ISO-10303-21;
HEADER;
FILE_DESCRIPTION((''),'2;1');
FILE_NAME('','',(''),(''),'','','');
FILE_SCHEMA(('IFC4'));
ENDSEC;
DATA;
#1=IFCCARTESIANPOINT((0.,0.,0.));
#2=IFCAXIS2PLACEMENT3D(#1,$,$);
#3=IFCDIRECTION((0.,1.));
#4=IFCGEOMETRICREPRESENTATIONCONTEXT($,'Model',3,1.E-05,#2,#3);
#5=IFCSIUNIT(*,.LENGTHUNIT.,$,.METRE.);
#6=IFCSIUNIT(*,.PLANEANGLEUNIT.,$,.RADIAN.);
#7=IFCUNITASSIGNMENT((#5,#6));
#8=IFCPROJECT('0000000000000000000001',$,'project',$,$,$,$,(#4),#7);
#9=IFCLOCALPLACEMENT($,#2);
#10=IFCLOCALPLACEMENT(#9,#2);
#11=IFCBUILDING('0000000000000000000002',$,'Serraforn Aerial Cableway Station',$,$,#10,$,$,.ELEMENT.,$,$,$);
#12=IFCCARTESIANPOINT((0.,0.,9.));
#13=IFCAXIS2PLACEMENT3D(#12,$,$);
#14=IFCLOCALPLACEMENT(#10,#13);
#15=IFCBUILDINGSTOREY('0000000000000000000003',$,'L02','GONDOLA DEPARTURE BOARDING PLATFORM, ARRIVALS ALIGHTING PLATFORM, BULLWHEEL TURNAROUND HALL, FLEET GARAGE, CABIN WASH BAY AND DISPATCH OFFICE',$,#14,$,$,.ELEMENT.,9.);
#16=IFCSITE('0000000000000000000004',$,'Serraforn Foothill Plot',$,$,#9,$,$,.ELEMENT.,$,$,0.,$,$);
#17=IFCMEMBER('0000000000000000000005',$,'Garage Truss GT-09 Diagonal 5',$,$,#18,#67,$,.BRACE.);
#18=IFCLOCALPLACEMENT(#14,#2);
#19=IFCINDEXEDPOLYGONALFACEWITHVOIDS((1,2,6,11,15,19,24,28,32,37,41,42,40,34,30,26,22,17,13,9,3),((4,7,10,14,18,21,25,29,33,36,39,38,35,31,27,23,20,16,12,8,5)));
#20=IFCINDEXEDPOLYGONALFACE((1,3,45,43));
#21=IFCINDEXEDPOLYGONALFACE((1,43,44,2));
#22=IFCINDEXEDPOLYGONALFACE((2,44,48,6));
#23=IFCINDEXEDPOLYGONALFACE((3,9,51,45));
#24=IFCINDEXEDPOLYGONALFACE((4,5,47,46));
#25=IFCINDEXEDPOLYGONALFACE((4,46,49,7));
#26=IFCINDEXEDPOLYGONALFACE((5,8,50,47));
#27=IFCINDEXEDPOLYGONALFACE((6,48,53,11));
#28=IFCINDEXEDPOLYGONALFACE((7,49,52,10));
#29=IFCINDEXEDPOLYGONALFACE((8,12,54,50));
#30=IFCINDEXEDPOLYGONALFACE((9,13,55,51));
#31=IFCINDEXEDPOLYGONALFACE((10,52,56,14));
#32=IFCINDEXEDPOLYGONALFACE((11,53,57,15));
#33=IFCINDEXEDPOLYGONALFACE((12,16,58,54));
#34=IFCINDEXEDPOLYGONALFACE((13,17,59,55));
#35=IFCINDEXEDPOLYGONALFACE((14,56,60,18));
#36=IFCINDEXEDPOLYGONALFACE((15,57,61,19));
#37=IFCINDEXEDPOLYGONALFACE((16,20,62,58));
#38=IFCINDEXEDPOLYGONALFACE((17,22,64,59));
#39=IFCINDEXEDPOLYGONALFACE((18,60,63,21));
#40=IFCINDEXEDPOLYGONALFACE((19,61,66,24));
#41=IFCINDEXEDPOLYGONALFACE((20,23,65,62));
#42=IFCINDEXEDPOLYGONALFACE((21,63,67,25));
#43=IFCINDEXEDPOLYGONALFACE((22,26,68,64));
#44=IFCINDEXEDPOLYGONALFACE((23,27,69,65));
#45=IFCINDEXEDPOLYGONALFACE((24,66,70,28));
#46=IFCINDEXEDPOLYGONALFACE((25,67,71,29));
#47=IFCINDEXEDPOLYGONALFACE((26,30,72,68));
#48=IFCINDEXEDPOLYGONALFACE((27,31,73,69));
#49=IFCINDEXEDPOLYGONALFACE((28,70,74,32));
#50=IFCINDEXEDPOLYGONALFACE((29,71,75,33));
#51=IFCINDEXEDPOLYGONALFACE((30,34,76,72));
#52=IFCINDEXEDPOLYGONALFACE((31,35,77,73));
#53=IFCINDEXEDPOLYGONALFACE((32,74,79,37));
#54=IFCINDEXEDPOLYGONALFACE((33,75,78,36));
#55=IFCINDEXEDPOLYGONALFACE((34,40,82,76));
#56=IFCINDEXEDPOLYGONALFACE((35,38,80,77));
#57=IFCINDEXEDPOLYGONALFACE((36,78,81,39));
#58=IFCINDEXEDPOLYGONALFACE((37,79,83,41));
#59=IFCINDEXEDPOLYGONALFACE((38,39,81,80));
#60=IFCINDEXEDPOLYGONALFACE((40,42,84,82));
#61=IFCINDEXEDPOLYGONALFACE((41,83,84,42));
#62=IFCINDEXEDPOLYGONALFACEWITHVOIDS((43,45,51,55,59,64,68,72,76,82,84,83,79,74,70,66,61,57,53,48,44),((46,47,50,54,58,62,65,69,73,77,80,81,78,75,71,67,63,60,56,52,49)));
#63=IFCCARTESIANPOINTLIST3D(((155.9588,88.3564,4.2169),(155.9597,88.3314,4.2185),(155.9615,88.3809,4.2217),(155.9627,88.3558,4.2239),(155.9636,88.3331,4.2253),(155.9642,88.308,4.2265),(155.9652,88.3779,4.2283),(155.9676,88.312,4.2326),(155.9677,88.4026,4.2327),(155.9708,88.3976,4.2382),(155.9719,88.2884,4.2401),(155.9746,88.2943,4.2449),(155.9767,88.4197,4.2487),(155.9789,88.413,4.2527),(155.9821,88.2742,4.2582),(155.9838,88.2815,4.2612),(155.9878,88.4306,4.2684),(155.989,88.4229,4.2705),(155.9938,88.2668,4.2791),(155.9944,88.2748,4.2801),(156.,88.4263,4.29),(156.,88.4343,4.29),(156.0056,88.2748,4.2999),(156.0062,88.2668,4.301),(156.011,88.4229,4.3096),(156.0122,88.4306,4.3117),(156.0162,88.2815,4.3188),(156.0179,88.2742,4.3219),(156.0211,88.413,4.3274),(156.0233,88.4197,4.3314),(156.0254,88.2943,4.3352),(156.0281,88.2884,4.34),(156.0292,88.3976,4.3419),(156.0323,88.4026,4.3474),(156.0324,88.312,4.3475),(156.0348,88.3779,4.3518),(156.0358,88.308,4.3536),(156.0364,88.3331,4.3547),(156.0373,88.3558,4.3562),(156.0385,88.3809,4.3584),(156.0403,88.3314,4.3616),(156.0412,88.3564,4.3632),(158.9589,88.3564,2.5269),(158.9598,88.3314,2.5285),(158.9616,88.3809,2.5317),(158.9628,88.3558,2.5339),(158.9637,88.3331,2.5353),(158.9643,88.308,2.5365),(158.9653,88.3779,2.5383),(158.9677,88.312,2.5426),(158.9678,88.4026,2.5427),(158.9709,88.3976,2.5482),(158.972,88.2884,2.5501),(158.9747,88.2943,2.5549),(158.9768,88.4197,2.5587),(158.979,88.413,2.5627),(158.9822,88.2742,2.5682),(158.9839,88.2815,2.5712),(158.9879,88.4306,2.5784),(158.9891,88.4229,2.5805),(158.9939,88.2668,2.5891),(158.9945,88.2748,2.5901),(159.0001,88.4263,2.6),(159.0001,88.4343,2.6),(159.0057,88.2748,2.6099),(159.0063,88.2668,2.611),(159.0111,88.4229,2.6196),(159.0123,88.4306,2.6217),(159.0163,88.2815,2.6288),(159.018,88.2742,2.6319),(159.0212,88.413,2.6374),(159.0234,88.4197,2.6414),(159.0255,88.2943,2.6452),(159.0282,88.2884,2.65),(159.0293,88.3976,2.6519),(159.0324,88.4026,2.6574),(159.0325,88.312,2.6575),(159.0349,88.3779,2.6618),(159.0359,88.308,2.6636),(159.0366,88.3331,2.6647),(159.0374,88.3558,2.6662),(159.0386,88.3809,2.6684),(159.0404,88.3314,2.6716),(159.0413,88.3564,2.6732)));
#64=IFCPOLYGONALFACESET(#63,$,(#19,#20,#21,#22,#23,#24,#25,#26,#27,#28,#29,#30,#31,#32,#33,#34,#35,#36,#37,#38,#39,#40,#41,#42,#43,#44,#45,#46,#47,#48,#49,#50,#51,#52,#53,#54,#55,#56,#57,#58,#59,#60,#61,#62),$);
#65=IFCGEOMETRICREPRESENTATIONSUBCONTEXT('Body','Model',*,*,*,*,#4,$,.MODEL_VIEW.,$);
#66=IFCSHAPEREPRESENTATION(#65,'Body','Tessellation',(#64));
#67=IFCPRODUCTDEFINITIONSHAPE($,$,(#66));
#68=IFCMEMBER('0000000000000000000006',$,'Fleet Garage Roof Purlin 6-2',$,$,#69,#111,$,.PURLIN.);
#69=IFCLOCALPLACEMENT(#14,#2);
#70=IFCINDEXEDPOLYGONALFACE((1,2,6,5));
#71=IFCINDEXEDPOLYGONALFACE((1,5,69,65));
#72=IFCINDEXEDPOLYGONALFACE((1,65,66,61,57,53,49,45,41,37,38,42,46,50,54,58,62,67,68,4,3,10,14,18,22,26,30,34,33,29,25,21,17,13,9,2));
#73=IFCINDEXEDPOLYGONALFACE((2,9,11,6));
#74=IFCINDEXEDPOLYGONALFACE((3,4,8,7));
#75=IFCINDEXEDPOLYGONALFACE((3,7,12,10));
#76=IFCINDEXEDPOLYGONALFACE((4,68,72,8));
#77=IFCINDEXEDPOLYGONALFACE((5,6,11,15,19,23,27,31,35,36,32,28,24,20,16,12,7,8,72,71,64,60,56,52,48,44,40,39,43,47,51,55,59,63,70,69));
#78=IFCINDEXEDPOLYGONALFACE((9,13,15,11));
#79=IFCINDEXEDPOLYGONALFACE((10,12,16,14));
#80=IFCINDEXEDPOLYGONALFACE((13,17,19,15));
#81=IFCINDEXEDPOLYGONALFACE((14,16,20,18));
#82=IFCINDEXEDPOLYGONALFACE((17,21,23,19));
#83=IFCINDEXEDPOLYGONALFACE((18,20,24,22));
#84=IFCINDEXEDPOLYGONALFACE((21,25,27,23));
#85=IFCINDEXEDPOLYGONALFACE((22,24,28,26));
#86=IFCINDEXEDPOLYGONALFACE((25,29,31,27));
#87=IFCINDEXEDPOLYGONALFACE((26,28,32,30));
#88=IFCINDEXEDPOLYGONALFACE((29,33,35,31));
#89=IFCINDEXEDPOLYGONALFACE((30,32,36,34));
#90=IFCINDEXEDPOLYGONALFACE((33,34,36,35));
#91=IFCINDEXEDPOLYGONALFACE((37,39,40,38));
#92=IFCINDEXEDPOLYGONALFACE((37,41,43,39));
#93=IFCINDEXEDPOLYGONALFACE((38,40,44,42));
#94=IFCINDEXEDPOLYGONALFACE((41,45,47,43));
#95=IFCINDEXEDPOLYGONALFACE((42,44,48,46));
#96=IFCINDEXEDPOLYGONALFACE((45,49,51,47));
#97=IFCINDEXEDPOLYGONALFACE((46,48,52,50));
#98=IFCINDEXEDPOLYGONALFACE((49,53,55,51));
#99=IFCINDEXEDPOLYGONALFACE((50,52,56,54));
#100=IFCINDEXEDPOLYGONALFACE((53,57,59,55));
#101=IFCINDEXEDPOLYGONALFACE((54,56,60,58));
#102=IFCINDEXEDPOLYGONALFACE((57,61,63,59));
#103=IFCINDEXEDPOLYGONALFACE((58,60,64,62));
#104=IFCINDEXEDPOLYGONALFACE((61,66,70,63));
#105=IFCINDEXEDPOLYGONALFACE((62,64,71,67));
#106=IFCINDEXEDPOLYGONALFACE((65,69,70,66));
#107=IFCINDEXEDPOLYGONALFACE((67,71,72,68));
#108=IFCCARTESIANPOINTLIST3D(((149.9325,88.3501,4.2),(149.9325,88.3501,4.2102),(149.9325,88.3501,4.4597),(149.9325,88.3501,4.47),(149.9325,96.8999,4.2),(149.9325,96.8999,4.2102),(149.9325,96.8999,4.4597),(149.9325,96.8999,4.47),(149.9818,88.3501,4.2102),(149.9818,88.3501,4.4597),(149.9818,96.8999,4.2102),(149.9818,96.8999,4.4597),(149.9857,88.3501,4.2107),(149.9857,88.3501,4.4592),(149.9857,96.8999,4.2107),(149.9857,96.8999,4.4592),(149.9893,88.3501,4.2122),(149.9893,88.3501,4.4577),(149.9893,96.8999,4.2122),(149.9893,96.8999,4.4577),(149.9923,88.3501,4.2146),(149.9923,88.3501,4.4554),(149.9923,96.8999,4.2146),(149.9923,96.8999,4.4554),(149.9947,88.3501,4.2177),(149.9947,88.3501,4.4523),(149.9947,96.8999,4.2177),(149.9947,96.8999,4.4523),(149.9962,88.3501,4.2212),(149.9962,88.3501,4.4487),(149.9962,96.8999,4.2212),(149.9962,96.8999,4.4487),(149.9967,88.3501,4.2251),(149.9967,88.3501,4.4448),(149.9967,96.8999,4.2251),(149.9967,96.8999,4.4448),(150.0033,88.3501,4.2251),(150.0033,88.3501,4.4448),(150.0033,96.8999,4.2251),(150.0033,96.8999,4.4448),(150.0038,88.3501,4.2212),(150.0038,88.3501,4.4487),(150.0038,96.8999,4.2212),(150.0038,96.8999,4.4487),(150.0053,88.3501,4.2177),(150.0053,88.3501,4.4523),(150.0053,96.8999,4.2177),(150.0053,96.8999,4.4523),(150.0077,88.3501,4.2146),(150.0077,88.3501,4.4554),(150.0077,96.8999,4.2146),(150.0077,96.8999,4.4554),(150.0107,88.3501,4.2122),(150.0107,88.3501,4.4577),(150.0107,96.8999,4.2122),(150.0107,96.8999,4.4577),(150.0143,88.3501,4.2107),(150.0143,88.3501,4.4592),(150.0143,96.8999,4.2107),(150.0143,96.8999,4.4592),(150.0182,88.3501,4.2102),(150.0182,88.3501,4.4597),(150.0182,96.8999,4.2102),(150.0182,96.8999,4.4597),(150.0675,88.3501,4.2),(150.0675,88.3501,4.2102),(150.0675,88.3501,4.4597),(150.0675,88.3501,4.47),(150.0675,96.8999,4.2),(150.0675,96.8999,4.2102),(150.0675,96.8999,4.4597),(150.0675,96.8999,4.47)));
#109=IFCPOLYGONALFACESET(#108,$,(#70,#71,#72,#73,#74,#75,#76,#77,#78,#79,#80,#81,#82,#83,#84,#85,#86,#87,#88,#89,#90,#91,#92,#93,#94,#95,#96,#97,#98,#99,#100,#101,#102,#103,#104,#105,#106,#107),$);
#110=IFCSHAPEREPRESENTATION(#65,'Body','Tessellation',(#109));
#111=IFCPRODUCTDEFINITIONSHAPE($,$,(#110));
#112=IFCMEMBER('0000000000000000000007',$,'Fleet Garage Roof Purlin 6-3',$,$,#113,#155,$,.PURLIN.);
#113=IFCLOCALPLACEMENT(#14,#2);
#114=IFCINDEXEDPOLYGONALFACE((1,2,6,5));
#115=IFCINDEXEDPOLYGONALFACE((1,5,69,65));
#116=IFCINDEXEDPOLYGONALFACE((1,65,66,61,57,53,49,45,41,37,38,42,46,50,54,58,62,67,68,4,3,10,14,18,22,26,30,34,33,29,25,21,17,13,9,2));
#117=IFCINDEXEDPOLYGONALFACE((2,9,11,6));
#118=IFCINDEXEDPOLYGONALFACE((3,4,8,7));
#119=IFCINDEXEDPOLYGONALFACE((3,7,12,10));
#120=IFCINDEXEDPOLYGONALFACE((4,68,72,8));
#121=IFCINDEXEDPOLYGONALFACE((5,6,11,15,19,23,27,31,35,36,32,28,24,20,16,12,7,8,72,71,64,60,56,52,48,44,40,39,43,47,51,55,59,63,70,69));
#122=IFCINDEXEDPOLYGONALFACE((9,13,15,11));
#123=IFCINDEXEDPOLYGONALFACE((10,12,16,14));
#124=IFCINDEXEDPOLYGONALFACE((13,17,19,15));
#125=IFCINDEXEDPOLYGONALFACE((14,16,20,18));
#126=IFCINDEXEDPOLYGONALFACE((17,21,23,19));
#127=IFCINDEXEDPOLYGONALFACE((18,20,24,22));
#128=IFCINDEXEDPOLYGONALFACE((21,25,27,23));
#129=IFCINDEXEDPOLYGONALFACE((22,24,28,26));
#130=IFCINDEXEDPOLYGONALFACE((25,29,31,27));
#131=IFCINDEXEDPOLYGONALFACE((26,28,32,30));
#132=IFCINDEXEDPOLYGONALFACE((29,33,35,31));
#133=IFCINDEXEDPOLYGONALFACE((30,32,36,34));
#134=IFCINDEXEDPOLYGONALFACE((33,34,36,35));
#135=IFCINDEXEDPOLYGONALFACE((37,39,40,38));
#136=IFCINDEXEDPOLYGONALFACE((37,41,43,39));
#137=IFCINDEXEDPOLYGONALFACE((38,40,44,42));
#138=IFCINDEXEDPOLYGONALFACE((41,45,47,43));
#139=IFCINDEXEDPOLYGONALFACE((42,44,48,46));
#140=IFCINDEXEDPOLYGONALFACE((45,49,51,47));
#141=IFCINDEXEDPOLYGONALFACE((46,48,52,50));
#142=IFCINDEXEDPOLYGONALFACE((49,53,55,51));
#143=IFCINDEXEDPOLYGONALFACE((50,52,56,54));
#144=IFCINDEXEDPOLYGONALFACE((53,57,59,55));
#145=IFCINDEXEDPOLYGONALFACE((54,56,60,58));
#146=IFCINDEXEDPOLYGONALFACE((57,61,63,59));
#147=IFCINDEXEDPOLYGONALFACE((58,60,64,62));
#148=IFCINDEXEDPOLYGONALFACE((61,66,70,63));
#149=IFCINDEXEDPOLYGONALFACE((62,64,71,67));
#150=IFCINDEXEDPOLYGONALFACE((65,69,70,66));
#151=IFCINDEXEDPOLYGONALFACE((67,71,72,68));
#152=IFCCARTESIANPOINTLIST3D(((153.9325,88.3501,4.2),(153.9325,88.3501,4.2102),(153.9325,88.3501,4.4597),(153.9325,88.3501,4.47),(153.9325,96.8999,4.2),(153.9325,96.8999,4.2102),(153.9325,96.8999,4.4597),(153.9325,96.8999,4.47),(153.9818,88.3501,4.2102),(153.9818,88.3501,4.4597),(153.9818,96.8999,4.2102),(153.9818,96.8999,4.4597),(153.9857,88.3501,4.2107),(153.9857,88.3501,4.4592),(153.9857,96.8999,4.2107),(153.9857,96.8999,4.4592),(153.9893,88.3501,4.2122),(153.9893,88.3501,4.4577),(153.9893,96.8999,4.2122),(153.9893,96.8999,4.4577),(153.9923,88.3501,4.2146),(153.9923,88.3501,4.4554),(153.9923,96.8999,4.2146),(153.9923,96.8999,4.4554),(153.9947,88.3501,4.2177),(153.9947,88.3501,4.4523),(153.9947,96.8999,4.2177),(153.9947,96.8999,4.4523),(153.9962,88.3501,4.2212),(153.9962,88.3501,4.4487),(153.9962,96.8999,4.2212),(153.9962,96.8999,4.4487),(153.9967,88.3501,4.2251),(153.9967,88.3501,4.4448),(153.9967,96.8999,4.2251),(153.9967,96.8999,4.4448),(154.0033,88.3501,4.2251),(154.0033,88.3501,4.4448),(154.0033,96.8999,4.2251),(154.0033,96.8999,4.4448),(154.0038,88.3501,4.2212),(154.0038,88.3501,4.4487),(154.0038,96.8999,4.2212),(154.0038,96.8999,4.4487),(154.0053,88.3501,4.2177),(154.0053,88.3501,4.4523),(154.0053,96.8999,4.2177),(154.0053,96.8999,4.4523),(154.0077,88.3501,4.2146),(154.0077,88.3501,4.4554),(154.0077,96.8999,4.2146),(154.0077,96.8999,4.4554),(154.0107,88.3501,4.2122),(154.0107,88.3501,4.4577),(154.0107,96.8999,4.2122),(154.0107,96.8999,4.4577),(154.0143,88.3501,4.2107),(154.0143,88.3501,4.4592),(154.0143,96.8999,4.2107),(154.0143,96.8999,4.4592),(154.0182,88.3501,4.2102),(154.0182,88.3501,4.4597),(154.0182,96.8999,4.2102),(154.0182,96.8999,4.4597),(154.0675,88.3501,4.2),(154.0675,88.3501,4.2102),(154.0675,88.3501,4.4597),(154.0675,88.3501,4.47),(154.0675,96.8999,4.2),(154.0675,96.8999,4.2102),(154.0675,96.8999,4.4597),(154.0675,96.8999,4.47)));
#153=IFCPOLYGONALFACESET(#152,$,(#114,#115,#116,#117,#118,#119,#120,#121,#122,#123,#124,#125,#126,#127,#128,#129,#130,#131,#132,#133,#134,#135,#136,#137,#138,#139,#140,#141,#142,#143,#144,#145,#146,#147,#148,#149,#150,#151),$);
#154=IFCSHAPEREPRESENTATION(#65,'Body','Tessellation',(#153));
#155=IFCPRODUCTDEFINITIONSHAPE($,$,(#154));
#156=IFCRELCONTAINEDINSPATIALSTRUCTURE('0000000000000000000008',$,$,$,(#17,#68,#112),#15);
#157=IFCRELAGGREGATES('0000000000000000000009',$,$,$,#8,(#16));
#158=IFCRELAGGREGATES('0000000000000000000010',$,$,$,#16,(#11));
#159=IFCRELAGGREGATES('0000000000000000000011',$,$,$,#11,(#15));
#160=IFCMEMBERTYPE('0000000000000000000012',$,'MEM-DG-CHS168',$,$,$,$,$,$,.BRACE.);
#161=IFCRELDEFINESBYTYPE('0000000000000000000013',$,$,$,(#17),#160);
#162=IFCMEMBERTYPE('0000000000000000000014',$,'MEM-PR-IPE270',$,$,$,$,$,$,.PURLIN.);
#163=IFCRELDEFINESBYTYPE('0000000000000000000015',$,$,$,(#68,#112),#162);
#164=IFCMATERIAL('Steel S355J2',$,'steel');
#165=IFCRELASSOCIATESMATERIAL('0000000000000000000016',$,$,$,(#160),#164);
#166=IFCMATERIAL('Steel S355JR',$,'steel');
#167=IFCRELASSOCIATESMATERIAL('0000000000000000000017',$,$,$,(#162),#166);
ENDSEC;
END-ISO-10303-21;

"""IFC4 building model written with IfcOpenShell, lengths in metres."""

from ifc_helpers import new_model, si_unit, direction, frame, origin, origin_2d, place, context, subcontext, project, spatial, hollow_circle, i_section, extrude, material, material_profile, profile_set, type_object, element, save


model = new_model("IFC4")

# Units and contexts
model_context = context("Model", 3, precision=1e-05, world=origin(), true_north=direction((0.0, 1.0)))
body_context = subcontext(model_context, "Body", "Model", "MODEL_VIEW")
ifc_project = project(units=[si_unit("LENGTHUNIT", "METRE"), si_unit("PLANEANGLEUNIT", "RADIAN")], contexts=[model_context])

# Site, building, storey
site_placement = place(None, origin())
site = spatial("IfcSite", under=ifc_project, at=site_placement, Name="Serraforn Foothill Plot", CompositionType="ELEMENT", RefElevation=0.0)
building_placement = place(site_placement, origin())
building = spatial("IfcBuilding", under=site, at=building_placement, Name="Serraforn Aerial Cableway Station", CompositionType="ELEMENT")
storey_placement = place(building_placement, frame((0.0, 0.0, 9.0)))
storey = spatial("IfcBuildingStorey", under=building, at=storey_placement, Name="L02", Description="GONDOLA DEPARTURE BOARDING PLATFORM, ARRIVALS ALIGHTING PLATFORM, BULLWHEEL TURNAROUND HALL, FLEET GARAGE, CABIN WASH BAY AND DISPATCH OFFICE", CompositionType="ELEMENT", Elevation=9.0)

# Shared definitions
ifc_material_1 = material(Name="Steel S355JR", Category="steel")
ifc_material_2 = material(Name="Steel S355J2", Category="steel")

# Members
ifc_material_profile_1 = material_profile(ifc_material_2, hollow_circle(Radius=0.0842, WallThickness=0.0081, at=origin_2d()), Name="CHS 168.3x8.0")
ifc_profile_set_1 = profile_set([ifc_material_profile_1], Name="Steel S355J2")
member_type_1 = type_object("IfcMemberType", Name="MEM-DG-CHS168", PredefinedType="BRACE", material=ifc_profile_set_1)
for number, where, z_axis, x_axis, name in (
    (1, (156.0, 88.3501, 4.29), (0.871272, 0.0, -0.4908), (0.0, 1.0, 0.0), "Garage Truss GT-09 Diagonal 5"),
):
    element("IfcMember", number, at=place(storey_placement, frame(where, z_axis=z_axis, x_axis=x_axis)), inside=storey, type_object=member_type_1, Name=name, PredefinedType="BRACE", context=body_context, shape_type="SweptSolid", body=[
        extrude(hollow_circle(Radius=0.0842, WallThickness=0.0081, at=origin_2d()), origin(), (0.0, 0.0, 1.0), 3.4434),
    ])
ifc_material_profile_2 = material_profile(ifc_material_1, i_section(OverallWidth=0.135, OverallDepth=0.27, WebThickness=0.0066, FlangeThickness=0.0103, FilletRadius=0.0149, at=origin_2d()), Name="IPE 270")
ifc_profile_set_2 = profile_set([ifc_material_profile_2], Name="Steel S355JR")
member_type_2 = type_object("IfcMemberType", Name="MEM-PR-IPE270", PredefinedType="PURLIN", material=ifc_profile_set_2)
for number, where, z_axis, x_axis, name in (
    (2, (150.0, 88.3501, 4.335), (0.0, 1.0, 0.0), (-1.0, 0.0, 0.0), "Fleet Garage Roof Purlin 6-2"),
    (3, (154.0, 88.3501, 4.335), (0.0, 1.0, 0.0), (-1.0, 0.0, 0.0), "Fleet Garage Roof Purlin 6-3"),
):
    element("IfcMember", number, at=place(storey_placement, frame(where, z_axis=z_axis, x_axis=x_axis)), inside=storey, type_object=member_type_2, Name=name, PredefinedType="PURLIN", context=body_context, shape_type="SweptSolid", body=[
        extrude(i_section(OverallWidth=0.135, OverallDepth=0.27, WebThickness=0.0066, FlangeThickness=0.0103, FilletRadius=0.0149, at=origin_2d()), origin(), (0.0, 0.0, 1.0), 8.5498),
    ])

save(model, "model.ifc")
